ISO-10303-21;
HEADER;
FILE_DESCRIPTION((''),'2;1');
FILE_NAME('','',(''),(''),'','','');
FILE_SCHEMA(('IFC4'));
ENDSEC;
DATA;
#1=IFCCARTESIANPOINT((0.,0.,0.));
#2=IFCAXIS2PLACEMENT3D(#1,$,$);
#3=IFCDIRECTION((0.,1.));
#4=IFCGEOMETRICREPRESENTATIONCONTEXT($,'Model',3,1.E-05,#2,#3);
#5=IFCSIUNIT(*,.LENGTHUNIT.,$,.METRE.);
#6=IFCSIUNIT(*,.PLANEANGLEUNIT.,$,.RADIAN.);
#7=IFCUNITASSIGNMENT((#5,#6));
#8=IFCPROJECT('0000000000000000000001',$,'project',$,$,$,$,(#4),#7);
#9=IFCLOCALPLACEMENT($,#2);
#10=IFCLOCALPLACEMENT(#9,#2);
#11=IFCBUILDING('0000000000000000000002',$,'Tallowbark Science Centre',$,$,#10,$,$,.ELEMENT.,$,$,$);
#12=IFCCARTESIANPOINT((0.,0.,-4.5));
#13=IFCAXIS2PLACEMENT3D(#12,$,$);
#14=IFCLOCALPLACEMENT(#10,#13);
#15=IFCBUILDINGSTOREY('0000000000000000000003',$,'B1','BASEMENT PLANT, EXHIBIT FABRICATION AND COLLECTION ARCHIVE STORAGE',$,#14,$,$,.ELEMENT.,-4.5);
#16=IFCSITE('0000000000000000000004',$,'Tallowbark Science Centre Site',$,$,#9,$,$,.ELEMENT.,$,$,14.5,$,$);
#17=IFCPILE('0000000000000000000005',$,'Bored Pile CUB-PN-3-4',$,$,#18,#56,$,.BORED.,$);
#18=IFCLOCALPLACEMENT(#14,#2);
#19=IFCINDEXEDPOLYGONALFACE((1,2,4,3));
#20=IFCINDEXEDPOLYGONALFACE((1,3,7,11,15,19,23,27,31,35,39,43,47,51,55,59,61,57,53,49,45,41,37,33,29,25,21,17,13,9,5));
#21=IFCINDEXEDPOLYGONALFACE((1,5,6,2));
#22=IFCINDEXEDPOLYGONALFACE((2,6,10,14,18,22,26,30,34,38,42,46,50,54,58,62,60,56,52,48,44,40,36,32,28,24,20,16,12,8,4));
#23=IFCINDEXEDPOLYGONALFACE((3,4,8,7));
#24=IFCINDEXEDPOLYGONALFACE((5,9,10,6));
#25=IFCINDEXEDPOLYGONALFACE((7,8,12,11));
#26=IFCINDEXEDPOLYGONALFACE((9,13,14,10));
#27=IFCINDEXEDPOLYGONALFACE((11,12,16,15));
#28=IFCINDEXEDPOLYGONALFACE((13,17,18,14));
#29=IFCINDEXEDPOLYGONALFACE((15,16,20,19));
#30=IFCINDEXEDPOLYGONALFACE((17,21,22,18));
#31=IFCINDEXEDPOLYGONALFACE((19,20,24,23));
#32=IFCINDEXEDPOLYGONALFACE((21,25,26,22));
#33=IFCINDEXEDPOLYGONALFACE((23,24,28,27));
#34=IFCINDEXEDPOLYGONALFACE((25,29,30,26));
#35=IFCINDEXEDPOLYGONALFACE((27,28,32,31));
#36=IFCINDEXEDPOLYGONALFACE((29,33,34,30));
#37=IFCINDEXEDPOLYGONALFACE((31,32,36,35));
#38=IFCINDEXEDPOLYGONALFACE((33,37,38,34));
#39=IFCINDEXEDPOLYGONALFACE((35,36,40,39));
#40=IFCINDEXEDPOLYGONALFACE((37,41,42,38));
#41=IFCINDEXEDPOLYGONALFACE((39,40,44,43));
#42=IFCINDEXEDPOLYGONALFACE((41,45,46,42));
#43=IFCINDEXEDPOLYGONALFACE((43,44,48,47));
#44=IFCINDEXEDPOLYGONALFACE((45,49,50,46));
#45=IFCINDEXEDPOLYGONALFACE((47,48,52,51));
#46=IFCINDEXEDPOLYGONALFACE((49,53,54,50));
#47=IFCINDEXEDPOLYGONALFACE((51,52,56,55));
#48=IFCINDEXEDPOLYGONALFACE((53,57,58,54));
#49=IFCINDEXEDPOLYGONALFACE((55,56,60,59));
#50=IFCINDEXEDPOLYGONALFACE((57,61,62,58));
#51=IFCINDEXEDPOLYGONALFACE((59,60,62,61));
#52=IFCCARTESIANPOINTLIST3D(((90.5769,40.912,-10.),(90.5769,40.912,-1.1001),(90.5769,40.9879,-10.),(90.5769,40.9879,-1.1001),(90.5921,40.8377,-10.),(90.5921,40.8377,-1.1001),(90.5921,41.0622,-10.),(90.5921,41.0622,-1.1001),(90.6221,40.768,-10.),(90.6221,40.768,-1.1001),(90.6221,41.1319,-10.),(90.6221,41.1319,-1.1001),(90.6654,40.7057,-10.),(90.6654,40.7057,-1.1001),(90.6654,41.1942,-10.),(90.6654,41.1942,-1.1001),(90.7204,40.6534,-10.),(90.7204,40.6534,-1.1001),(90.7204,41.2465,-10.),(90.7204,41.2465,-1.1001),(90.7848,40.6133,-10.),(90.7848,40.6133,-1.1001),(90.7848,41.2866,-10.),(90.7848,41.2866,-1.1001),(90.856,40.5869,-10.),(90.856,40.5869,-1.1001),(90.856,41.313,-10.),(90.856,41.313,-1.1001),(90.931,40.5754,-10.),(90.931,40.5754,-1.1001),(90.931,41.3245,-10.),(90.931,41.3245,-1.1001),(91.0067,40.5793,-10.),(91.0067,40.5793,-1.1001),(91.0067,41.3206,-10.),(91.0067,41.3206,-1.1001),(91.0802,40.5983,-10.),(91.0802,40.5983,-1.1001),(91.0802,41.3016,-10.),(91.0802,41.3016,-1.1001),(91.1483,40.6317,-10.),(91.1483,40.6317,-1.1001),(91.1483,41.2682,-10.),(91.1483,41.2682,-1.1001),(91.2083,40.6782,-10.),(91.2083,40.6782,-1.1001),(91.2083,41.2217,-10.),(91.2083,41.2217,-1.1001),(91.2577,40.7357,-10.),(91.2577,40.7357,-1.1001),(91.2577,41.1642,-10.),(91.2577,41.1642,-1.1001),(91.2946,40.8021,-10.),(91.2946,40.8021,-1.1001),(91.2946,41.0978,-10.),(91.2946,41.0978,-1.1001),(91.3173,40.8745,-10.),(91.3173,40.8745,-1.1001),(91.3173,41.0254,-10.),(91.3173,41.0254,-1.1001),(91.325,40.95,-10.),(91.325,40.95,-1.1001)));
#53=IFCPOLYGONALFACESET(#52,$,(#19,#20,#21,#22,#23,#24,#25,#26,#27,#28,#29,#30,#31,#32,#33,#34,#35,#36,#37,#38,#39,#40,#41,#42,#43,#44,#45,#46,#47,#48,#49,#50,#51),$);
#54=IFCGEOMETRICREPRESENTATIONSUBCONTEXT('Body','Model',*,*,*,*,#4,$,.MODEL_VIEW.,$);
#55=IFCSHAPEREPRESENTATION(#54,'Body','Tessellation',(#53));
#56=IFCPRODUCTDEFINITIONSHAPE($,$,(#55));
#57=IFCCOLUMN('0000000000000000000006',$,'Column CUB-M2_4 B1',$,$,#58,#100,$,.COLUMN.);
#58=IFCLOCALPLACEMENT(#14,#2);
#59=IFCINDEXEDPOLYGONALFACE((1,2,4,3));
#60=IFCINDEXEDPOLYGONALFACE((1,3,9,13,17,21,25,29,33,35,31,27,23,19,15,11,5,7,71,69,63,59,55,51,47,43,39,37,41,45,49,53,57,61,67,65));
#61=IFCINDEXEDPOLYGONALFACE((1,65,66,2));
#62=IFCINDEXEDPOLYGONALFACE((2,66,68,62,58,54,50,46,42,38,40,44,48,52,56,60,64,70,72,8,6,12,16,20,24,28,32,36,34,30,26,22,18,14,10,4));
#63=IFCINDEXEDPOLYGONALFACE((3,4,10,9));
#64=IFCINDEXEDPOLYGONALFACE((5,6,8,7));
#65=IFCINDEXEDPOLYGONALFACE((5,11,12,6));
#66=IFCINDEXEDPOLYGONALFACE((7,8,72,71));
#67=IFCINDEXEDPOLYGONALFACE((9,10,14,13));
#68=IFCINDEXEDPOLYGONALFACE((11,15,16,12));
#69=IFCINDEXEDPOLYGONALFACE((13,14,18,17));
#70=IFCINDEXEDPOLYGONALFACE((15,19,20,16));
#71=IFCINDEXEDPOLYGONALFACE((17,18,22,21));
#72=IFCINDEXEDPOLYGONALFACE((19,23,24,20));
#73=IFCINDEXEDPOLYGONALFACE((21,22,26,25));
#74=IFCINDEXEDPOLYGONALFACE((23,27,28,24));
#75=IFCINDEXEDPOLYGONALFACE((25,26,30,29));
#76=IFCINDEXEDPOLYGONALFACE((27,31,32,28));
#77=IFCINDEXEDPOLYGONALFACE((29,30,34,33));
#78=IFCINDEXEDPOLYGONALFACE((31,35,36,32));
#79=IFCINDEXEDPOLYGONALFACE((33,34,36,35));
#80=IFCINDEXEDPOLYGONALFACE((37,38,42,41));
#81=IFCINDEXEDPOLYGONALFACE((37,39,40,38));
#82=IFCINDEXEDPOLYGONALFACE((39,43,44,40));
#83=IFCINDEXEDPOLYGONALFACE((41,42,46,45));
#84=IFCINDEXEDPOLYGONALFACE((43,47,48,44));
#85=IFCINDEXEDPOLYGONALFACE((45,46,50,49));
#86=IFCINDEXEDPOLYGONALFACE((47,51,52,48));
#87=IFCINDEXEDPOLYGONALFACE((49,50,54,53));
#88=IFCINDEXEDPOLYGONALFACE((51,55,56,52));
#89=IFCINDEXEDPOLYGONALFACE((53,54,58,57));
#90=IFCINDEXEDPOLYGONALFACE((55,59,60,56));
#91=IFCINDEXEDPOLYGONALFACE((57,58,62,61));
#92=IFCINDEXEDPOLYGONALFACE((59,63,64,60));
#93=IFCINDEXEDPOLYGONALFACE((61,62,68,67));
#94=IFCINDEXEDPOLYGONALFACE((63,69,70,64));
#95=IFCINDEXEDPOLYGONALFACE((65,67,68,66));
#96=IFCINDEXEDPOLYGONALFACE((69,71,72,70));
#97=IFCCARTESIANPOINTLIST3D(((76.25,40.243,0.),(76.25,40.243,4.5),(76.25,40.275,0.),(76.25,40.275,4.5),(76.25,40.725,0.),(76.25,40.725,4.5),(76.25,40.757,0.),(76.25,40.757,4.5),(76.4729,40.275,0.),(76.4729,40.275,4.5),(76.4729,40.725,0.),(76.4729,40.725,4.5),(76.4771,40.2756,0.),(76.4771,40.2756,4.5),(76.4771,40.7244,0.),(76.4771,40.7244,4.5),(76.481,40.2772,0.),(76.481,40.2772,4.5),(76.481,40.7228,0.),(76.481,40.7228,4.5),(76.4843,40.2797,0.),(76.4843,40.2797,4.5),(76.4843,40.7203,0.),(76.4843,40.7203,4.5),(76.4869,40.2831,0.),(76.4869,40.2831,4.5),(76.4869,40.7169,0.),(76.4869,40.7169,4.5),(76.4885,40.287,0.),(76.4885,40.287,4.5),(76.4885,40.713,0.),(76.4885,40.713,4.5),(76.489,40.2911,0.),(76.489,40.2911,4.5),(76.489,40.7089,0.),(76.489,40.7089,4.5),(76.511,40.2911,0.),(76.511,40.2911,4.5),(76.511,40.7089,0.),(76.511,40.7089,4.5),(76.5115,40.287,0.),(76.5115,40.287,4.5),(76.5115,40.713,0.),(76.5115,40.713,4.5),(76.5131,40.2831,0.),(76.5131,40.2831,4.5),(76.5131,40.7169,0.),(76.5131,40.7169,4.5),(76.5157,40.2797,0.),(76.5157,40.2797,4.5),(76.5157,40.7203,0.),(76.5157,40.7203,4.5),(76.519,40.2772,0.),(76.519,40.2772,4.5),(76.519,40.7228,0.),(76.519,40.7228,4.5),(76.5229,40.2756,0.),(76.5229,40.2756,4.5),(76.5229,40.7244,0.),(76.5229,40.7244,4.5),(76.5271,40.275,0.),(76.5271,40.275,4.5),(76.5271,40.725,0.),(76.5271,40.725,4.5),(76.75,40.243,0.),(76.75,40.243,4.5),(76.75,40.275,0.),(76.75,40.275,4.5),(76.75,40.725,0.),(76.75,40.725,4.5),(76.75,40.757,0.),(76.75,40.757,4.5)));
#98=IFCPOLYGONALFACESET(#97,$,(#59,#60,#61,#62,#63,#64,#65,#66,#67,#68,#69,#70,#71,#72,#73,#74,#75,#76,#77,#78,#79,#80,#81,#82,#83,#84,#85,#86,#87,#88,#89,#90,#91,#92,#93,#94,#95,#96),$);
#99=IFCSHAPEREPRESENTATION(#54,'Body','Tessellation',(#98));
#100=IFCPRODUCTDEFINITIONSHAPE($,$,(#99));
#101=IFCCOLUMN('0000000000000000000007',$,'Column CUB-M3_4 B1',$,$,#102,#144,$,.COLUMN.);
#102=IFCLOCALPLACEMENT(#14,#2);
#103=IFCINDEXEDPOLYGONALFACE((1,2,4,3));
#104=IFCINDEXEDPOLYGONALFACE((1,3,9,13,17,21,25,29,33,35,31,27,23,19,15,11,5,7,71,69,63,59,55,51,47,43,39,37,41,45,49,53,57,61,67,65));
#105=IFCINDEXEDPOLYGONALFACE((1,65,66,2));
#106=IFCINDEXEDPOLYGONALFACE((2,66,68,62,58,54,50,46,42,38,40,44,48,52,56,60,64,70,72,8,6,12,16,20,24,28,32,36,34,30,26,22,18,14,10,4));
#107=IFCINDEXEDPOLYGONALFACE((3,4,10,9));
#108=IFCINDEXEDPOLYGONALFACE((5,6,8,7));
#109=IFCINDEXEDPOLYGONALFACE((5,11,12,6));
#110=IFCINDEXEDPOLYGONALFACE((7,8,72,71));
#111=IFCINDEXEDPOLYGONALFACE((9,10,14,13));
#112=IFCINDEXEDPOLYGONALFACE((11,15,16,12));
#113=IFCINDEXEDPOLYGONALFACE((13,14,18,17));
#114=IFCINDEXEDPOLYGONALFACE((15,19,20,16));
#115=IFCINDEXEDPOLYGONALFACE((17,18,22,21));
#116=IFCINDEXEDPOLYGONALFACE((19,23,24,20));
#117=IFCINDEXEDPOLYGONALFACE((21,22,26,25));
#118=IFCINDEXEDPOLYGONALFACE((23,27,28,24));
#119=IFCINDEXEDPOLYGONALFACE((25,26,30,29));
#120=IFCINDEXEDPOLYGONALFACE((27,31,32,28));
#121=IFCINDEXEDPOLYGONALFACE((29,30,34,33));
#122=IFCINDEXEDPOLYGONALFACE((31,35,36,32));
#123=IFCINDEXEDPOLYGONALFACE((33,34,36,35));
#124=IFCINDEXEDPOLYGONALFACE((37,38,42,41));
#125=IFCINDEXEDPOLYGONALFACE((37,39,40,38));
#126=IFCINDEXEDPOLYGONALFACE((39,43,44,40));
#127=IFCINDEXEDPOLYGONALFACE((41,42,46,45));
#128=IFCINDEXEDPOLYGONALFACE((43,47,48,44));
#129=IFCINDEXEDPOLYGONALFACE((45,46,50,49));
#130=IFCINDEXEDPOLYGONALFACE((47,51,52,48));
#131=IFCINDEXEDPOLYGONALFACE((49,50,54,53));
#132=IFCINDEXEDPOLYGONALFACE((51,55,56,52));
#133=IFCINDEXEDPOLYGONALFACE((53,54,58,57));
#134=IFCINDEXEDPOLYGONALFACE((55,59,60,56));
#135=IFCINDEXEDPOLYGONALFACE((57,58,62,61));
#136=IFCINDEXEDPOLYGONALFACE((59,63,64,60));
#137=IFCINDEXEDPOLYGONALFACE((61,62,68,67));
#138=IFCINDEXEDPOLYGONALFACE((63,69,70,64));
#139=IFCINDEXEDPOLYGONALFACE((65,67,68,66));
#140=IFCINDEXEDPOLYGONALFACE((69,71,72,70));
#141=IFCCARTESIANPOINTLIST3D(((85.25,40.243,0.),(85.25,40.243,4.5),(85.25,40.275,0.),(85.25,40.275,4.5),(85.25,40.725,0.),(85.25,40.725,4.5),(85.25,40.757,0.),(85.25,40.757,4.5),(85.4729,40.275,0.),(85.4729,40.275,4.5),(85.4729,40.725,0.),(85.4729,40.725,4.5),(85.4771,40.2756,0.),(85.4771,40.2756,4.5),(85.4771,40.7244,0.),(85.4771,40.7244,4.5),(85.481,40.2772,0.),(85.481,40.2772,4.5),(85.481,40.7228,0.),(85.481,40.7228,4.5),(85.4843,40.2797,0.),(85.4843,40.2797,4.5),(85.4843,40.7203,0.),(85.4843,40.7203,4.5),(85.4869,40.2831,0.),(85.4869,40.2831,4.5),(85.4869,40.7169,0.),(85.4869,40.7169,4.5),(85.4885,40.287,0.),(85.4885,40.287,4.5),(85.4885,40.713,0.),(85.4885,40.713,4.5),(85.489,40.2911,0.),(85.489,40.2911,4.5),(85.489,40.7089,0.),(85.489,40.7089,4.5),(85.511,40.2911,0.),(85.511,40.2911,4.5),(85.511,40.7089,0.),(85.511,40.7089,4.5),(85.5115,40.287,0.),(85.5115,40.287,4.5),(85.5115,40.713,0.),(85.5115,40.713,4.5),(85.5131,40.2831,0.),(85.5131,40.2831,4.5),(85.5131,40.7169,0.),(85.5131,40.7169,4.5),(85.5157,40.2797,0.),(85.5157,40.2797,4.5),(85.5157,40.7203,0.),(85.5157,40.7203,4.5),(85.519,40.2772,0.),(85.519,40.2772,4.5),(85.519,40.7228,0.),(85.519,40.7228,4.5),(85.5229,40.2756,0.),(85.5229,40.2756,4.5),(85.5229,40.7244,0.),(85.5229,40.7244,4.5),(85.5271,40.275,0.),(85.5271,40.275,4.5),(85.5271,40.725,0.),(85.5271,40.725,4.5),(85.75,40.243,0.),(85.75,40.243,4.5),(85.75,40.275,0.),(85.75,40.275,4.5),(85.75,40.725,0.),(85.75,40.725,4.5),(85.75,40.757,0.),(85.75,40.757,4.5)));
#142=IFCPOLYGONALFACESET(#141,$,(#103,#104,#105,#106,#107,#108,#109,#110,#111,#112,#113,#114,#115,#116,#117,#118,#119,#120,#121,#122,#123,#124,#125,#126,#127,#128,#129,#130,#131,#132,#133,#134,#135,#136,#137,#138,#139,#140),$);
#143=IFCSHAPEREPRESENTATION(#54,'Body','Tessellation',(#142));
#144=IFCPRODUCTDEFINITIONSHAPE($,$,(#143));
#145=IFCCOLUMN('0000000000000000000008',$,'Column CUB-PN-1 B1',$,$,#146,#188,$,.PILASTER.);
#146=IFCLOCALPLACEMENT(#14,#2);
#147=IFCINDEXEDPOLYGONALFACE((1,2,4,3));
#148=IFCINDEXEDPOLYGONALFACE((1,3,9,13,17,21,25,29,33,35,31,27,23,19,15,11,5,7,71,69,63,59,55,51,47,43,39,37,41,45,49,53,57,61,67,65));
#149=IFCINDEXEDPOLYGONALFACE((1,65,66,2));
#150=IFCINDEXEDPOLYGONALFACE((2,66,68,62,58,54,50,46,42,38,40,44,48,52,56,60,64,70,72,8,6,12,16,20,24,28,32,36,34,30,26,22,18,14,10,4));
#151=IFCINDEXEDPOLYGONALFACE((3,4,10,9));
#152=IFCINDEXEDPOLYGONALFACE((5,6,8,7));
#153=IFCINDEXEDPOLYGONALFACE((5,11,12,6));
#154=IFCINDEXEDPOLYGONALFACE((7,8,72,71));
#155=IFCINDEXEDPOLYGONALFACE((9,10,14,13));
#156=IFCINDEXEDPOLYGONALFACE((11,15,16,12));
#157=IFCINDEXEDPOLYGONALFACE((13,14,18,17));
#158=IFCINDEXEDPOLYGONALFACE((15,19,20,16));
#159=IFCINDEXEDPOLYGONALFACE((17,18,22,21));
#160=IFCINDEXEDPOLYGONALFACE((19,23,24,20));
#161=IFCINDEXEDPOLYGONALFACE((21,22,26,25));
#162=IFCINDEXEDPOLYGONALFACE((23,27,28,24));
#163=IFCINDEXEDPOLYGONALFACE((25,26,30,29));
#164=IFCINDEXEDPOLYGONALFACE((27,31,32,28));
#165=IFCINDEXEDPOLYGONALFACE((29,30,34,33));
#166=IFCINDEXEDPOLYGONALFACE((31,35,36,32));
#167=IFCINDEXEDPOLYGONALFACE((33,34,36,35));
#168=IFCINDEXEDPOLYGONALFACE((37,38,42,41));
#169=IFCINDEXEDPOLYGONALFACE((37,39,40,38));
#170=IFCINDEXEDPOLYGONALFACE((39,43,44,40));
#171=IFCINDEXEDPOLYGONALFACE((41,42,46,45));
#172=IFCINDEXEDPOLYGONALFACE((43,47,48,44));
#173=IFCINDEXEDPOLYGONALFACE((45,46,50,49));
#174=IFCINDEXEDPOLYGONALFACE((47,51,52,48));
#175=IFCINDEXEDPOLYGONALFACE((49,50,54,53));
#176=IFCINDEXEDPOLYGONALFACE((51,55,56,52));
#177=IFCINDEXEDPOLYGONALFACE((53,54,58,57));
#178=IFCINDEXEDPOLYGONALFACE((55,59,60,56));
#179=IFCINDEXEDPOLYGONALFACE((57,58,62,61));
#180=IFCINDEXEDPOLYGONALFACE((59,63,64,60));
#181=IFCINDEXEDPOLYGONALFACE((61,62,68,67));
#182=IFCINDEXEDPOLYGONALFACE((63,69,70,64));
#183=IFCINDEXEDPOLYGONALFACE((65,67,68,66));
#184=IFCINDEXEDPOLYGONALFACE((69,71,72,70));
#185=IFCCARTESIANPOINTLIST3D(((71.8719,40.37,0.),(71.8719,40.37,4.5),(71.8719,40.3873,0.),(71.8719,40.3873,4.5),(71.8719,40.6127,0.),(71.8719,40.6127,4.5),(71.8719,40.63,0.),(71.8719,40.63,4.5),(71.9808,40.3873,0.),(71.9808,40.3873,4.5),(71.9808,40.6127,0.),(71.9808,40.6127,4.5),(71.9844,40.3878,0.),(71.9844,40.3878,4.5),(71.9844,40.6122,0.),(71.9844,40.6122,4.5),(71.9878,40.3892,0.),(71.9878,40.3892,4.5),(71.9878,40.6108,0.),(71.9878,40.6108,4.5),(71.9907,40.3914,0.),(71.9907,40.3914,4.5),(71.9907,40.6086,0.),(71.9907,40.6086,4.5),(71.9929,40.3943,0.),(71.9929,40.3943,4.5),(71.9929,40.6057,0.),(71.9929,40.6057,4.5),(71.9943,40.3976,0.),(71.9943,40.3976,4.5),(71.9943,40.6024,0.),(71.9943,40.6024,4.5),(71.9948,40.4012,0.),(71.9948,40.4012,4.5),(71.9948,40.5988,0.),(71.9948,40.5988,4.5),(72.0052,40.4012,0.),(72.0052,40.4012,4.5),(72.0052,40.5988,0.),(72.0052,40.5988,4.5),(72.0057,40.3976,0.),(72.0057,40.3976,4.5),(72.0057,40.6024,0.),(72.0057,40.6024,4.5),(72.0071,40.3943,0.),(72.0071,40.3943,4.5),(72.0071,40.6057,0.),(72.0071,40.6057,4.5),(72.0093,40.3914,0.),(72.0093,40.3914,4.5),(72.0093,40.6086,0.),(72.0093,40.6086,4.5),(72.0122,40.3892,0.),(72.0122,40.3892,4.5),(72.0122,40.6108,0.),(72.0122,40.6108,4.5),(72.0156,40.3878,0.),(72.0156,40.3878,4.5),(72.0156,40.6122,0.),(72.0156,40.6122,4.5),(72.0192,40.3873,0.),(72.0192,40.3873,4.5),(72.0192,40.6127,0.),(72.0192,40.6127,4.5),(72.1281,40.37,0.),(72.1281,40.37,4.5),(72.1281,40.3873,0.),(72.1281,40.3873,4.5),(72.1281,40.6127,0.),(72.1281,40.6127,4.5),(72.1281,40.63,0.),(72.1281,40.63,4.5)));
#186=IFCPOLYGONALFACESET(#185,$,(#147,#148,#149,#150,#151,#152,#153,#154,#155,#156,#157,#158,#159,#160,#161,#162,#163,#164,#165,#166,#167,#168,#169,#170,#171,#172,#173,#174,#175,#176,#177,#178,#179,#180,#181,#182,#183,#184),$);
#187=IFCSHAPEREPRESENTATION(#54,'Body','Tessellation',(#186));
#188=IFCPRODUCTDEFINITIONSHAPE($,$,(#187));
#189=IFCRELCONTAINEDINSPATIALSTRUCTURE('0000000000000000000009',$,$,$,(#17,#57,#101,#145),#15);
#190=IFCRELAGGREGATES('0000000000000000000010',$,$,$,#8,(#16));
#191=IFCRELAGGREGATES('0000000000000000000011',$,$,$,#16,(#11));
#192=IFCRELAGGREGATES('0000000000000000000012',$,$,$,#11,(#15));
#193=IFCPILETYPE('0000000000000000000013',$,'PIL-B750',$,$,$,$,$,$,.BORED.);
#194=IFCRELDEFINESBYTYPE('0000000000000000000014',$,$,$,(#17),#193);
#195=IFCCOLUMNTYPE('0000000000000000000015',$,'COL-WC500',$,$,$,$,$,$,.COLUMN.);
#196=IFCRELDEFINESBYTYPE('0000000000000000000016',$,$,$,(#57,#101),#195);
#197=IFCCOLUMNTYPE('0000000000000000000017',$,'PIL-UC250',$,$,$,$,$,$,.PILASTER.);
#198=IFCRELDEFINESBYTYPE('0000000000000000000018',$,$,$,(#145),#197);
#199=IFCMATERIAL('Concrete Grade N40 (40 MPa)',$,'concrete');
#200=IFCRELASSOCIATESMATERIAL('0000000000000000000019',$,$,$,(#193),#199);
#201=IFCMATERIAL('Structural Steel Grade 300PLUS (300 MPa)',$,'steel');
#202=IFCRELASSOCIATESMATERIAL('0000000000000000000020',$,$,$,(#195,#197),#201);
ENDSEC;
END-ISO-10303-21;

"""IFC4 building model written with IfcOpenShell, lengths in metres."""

from ifc_helpers import new_model, si_unit, direction, frame, origin, origin_2d, place, context, subcontext, project, spatial, circle, i_section, extrude, material, material_profile, profile_set, type_object, element, save


model = new_model("IFC4")

# Units and contexts
model_context = context("Model", 3, precision=1e-05, world=origin(), true_north=direction((0.0, 1.0)))
body_context = subcontext(model_context, "Body", "Model", "MODEL_VIEW")
ifc_project = project(units=[si_unit("LENGTHUNIT", "METRE"), si_unit("PLANEANGLEUNIT", "RADIAN")], contexts=[model_context])

# Site, building, storey
site_placement = place(None, origin())
site = spatial("IfcSite", under=ifc_project, at=site_placement, Name="Tallowbark Science Centre Site", CompositionType="ELEMENT", RefElevation=14.5)
building_placement = place(site_placement, origin())
building = spatial("IfcBuilding", under=site, at=building_placement, Name="Tallowbark Science Centre", CompositionType="ELEMENT")
storey_placement = place(building_placement, frame((0.0, 0.0, -4.5)))
storey = spatial("IfcBuildingStorey", under=building, at=storey_placement, Name="B1", Description="BASEMENT PLANT, EXHIBIT FABRICATION AND COLLECTION ARCHIVE STORAGE", CompositionType="ELEMENT", Elevation=-4.5)

# Pile
ifc_material_1 = material(Name="Concrete Grade N40 (40 MPa)", Category="concrete")
ifc_material_profile_1 = material_profile(ifc_material_1, circle(Radius=0.375, at=origin_2d()), Name="PILE750")
ifc_profile_set_1 = profile_set([ifc_material_profile_1], Name="Concrete Grade N40 (40 MPa)")
pile_type = type_object("IfcPileType", Name="PIL-B750", PredefinedType="BORED", material=ifc_profile_set_1)
for number, where, z_axis, x_axis, name in (
    (1, (90.95, 40.95, -1.1001), (0.0, 0.0, -1.0), (1.0, 0.0, 0.0), "Bored Pile CUB-PN-3-4"),
):
    element("IfcPile", number, at=place(storey_placement, frame(where, z_axis=z_axis, x_axis=x_axis)), inside=storey, type_object=pile_type, Name=name, PredefinedType="BORED", context=body_context, shape_type="SweptSolid", body=[
        extrude(circle(Radius=0.375, at=origin_2d()), origin(), (0.0, 0.0, 1.0), 8.8999),
    ])

# Columns
ifc_material_2 = material(Name="Structural Steel Grade 300PLUS (300 MPa)", Category="steel")
ifc_material_profile_2 = material_profile(ifc_material_2, i_section(OverallWidth=0.5, OverallDepth=0.5139, WebThickness=0.022, FlangeThickness=0.032, FilletRadius=0.0161, at=origin_2d()), Name="500WC340")
ifc_profile_set_2 = profile_set([ifc_material_profile_2], Name="Structural Steel Grade 300PLUS (300 MPa)")
column_type_1 = type_object("IfcColumnType", Name="COL-WC500", PredefinedType="COLUMN", material=ifc_profile_set_2)
for number, where, z_axis, x_axis, name in (
    (2, (76.5, 40.5, 0.0), (0.0, 0.0, 1.0), (1.0, 0.0, 0.0), "Column CUB-M2_4 B1"),
    (3, (85.5, 40.5, 0.0), (0.0, 0.0, 1.0), (1.0, 0.0, 0.0), "Column CUB-M3_4 B1"),
):
    element("IfcColumn", number, at=place(storey_placement, frame(where, z_axis=z_axis, x_axis=x_axis)), inside=storey, type_object=column_type_1, Name=name, PredefinedType="COLUMN", context=body_context, shape_type="SweptSolid", body=[
        extrude(i_section(OverallWidth=0.5, OverallDepth=0.5139, WebThickness=0.022, FlangeThickness=0.032, FilletRadius=0.0161, at=origin_2d()), origin(), (0.0, 0.0, 1.0), 4.5),
    ])
ifc_material_profile_3 = material_profile(ifc_material_2, i_section(OverallWidth=0.2561, OverallDepth=0.26, WebThickness=0.0105, FlangeThickness=0.0173, FilletRadius=0.0139, at=origin_2d()), Name="250UC89.5")
ifc_profile_set_3 = profile_set([ifc_material_profile_3], Name="Structural Steel Grade 300PLUS (300 MPa)")
column_type_2 = type_object("IfcColumnType", Name="PIL-UC250", PredefinedType="PILASTER", material=ifc_profile_set_3)
for number, where, z_axis, x_axis, name in (
    (4, (72.0, 40.5, 0.0), (0.0, 0.0, 1.0), (1.0, 0.0, 0.0), "Column CUB-PN-1 B1"),
):
    element("IfcColumn", number, at=place(storey_placement, frame(where, z_axis=z_axis, x_axis=x_axis)), inside=storey, type_object=column_type_2, Name=name, PredefinedType="PILASTER", context=body_context, shape_type="SweptSolid", body=[
        extrude(i_section(OverallWidth=0.2561, OverallDepth=0.26, WebThickness=0.0105, FlangeThickness=0.0173, FilletRadius=0.0139, at=origin_2d()), origin(), (0.0, 0.0, 1.0), 4.5),
    ])

save(model, "model.ifc")
